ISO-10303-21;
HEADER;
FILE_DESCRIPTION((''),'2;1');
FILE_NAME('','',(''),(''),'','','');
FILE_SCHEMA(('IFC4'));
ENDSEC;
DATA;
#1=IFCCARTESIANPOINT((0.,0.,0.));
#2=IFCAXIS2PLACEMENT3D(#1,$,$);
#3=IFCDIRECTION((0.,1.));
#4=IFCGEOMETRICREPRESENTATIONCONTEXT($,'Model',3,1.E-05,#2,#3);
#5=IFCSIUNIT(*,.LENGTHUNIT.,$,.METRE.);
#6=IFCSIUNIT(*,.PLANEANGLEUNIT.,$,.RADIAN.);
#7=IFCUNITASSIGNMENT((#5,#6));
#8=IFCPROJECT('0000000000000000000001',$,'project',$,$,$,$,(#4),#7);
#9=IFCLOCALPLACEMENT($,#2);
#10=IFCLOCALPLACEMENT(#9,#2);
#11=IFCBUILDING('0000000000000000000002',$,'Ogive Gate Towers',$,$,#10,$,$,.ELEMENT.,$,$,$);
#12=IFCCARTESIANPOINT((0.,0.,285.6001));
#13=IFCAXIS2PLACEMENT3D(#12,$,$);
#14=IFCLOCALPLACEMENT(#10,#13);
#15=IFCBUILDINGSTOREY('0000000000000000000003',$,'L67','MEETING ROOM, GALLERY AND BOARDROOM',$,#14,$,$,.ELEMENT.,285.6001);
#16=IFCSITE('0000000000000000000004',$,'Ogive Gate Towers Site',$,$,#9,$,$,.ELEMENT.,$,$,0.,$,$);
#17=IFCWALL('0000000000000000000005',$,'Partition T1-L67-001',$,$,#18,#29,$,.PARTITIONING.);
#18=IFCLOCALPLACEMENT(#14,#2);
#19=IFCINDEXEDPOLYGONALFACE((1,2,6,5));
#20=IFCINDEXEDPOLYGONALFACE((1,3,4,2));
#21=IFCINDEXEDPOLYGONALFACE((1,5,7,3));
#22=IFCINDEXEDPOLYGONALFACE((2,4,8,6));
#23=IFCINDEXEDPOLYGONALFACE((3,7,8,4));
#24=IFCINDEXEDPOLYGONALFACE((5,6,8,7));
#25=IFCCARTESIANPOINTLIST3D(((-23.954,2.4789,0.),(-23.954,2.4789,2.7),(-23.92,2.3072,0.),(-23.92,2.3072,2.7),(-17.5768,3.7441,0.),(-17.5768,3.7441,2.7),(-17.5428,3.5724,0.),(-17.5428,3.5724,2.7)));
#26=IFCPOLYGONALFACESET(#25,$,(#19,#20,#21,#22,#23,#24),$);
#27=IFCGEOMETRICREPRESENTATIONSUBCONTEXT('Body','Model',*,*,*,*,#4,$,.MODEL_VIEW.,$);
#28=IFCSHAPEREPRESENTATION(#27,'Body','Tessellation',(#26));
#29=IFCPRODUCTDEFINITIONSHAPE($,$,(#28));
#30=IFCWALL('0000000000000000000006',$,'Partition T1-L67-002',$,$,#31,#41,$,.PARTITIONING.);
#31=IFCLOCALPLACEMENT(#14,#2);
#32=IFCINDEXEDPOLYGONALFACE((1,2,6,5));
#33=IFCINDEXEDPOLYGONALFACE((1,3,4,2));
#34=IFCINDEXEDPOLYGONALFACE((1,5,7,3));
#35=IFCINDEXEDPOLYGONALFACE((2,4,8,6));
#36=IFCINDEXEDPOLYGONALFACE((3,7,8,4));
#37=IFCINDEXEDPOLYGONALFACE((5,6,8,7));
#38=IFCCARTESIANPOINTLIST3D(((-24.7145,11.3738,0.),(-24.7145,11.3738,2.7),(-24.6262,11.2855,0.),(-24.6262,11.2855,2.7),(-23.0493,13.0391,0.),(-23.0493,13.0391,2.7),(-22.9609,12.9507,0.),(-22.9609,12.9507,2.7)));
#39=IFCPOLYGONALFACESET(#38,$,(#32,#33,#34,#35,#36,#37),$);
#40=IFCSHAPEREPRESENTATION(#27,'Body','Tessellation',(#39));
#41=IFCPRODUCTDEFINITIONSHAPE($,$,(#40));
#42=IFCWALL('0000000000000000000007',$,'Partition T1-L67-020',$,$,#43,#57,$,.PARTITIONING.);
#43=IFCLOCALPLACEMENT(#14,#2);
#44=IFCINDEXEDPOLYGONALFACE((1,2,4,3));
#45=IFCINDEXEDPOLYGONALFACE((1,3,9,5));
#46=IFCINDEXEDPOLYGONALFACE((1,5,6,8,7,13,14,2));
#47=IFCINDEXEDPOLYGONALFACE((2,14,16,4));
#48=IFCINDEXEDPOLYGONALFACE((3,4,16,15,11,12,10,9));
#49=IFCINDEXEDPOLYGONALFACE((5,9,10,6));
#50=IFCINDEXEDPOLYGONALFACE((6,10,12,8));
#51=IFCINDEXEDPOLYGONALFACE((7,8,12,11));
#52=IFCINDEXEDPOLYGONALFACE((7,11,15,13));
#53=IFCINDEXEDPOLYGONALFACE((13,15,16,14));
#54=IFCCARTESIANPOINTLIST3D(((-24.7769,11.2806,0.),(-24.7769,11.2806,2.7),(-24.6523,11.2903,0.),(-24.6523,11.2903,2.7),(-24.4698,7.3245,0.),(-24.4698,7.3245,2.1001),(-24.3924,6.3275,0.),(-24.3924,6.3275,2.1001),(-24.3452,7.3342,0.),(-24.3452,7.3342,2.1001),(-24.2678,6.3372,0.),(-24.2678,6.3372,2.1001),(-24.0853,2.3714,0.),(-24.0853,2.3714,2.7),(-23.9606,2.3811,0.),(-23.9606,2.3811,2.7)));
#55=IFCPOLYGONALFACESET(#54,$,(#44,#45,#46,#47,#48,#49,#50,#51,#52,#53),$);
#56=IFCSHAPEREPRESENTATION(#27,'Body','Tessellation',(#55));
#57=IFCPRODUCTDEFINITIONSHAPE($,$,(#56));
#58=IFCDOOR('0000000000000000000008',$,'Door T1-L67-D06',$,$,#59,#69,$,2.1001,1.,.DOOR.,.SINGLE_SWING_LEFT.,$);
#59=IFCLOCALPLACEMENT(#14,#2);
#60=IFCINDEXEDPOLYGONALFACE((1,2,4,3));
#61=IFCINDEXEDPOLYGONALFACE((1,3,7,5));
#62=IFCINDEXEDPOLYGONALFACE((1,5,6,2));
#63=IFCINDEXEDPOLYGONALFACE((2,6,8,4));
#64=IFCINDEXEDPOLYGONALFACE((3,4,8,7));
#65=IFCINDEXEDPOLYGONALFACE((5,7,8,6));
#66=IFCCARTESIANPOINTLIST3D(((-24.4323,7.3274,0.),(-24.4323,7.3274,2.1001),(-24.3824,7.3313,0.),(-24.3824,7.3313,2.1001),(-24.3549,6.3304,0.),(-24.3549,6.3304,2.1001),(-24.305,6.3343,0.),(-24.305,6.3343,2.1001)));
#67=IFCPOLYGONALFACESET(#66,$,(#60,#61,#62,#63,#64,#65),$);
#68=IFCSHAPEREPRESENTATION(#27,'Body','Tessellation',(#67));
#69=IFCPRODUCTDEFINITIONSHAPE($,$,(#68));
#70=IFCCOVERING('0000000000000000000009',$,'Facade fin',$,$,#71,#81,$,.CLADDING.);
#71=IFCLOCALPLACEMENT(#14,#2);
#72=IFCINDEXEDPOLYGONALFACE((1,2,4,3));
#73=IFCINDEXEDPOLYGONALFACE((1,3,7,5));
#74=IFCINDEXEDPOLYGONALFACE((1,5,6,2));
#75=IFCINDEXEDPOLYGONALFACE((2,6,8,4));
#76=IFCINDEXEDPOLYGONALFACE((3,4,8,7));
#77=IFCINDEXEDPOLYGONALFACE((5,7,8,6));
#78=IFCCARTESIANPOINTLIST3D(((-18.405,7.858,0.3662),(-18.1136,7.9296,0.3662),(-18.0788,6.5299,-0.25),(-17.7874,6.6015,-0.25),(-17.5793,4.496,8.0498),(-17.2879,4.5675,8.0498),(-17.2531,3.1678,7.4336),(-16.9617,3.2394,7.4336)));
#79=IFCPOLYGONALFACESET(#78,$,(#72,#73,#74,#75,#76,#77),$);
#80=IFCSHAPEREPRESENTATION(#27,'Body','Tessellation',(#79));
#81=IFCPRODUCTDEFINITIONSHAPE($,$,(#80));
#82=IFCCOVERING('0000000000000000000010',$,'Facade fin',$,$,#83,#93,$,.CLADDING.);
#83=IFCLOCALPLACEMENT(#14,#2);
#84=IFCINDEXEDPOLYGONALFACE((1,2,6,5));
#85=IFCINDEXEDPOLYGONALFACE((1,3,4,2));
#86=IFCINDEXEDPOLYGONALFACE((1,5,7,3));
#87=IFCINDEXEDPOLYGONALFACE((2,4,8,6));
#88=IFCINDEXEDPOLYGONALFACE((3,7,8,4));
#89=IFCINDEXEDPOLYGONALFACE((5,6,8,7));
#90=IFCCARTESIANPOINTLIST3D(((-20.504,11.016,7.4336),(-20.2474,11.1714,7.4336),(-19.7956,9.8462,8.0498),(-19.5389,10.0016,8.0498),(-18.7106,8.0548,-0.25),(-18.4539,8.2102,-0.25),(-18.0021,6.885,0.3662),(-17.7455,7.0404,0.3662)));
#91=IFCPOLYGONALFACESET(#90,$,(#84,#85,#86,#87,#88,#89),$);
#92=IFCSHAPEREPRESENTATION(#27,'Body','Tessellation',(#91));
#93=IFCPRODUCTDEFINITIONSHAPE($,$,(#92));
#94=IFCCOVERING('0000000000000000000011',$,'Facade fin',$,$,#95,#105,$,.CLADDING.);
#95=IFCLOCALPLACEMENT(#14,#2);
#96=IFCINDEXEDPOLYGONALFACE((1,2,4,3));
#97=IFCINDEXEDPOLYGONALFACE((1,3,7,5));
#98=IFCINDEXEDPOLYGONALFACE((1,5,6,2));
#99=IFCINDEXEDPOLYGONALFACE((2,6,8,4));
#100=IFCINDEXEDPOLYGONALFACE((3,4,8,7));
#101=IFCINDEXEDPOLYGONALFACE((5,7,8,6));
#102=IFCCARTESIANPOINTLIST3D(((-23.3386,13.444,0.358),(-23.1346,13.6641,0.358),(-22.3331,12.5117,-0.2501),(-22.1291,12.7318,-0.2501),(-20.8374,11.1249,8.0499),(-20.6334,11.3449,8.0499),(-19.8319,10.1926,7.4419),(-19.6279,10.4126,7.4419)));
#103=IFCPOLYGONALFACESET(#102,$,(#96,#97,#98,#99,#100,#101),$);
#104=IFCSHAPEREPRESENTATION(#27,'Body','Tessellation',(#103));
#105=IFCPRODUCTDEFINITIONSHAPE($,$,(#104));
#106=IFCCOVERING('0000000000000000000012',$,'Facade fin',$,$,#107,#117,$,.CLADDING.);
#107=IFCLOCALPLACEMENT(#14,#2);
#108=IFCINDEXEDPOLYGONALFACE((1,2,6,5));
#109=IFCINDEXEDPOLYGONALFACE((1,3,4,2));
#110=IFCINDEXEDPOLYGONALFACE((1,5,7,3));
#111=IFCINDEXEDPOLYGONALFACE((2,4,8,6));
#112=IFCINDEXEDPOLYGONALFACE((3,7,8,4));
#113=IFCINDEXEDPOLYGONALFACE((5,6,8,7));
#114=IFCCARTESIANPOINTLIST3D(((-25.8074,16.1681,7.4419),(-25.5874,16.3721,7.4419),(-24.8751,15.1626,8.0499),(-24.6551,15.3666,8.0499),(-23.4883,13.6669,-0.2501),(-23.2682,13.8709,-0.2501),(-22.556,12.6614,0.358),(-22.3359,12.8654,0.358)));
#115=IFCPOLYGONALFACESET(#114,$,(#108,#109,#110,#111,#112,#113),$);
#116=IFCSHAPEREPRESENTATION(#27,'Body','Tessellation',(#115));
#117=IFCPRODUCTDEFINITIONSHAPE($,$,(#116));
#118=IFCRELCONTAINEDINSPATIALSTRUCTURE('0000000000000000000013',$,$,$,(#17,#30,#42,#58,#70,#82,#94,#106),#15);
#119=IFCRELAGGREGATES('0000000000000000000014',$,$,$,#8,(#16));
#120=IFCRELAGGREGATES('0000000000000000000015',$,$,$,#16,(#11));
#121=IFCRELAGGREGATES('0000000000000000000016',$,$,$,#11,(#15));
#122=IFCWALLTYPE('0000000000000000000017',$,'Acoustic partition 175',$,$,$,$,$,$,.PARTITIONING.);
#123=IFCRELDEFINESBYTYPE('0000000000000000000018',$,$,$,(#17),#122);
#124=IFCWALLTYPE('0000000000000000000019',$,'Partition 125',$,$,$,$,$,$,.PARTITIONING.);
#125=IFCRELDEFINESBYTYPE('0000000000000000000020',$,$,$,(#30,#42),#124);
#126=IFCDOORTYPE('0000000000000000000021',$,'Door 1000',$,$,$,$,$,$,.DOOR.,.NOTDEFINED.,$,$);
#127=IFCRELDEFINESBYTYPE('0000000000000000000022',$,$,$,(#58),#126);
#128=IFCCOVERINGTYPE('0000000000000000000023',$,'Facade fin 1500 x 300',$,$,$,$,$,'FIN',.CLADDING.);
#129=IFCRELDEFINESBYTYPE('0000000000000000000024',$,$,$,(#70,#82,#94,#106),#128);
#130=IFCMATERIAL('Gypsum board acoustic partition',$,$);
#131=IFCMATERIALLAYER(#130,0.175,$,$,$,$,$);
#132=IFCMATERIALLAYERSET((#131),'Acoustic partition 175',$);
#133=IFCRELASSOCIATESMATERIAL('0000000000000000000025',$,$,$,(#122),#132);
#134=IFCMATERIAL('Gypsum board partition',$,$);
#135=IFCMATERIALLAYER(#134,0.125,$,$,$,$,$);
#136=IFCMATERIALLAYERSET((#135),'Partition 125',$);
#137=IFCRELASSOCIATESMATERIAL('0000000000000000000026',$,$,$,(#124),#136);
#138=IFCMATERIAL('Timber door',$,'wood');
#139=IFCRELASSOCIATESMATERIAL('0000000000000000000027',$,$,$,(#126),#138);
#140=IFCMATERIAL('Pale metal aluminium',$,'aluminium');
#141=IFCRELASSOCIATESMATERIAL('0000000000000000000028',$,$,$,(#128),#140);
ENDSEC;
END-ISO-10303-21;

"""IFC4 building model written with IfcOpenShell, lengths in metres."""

from ifc_helpers import new_model, si_unit, direction, frame, frame_2d, origin, origin_2d, place, context, subcontext, project, spatial, rectangle, extrude, material, layer, layer_set, material_profile, profile_set, type_object, element, fill, save


model = new_model("IFC4")

# Units and contexts
model_context = context("Model", 3, precision=1e-05, world=origin(), true_north=direction((0.0, 1.0)))
body_context = subcontext(model_context, "Body", "Model", "MODEL_VIEW")
ifc_project = project(units=[si_unit("LENGTHUNIT", "METRE"), si_unit("PLANEANGLEUNIT", "RADIAN")], contexts=[model_context])

# Site, building, storey
site_placement = place(None, origin())
site = spatial("IfcSite", under=ifc_project, at=site_placement, Name="Ogive Gate Towers Site", CompositionType="ELEMENT", RefElevation=0.0)
building_placement = place(site_placement, origin())
building = spatial("IfcBuilding", under=site, at=building_placement, Name="Ogive Gate Towers", CompositionType="ELEMENT")
storey_placement = place(building_placement, frame((0.0, 0.0, 285.6001)))
storey = spatial("IfcBuildingStorey", under=building, at=storey_placement, Name="L67", Description="MEETING ROOM, GALLERY AND BOARDROOM", CompositionType="ELEMENT", Elevation=285.6001)

# Shared definitions
ifc_material_1 = material(Name="Pale metal aluminium", Category="aluminium")

# Walls
ifc_material_2 = material(Name="Gypsum board acoustic partition")
ifc_layer_1 = layer(ifc_material_2, 0.175)
ifc_layer_set_1 = layer_set([ifc_layer_1], Name="Acoustic partition 175")
wall_type_1 = type_object("IfcWallType", Name="Acoustic partition 175", PredefinedType="PARTITIONING", material=ifc_layer_set_1)
wall_1_placement = place(storey_placement, frame((-17.5598, 3.6582, 0.0), z_axis=(0.0, 0.0, 1.0), x_axis=(-0.980884, -0.194592, 0.0)))
element("IfcWall", 1, at=wall_1_placement, inside=storey, type_object=wall_type_1, Name="Partition T1-L67-001", PredefinedType="PARTITIONING", context=body_context, shape_type="SweptSolid", body=[
    extrude(rectangle(XDim=6.5015, YDim=0.175, at=frame_2d((3.2507, 0.0))), origin(), (0.0, 0.0, 1.0), 2.7),
])
ifc_material_3 = material(Name="Gypsum board partition")
ifc_layer_2 = layer(ifc_material_3, 0.125)
ifc_layer_set_2 = layer_set([ifc_layer_2], Name="Partition 125")
wall_type_2 = type_object("IfcWallType", Name="Partition 125", PredefinedType="PARTITIONING", material=ifc_layer_set_2)
wall_2_placement = place(storey_placement, frame((-23.0051, 12.9949, 0.0), z_axis=(0.0, 0.0, 1.0), x_axis=(-0.707107, -0.707107, 0.0)))
element("IfcWall", 2, at=wall_2_placement, inside=storey, type_object=wall_type_2, Name="Partition T1-L67-002", PredefinedType="PARTITIONING", context=body_context, shape_type="SweptSolid", body=[
    extrude(rectangle(XDim=2.355, YDim=0.125, at=frame_2d((1.1775, 0.0))), origin(), (0.0, 0.0, 1.0), 2.7),
])

# Wall, opening, door
wall_3_placement = place(storey_placement, frame((-24.0229, 2.3762, 0.0), z_axis=(0.0, 0.0, 1.0), x_axis=(-0.077401, 0.997, 0.0)))
wall_3 = element("IfcWall", 3, at=wall_3_placement, inside=storey, type_object=wall_type_2, Name="Partition T1-L67-020", PredefinedType="PARTITIONING", context=body_context, shape_type="SweptSolid", body=[
    extrude(rectangle(XDim=8.936, YDim=0.125, at=frame_2d((4.468, 0.0))), origin(), (0.0, 0.0, 1.0), 2.7),
])
opening_placement = place(wall_3_placement, frame((3.968, 0.0, 0.0)))
opening = element("IfcOpeningElement", 4, at=opening_placement, cuts=wall_3, PredefinedType="OPENING", context=body_context, shape_type="SweptSolid", body=[
    extrude(rectangle(XDim=1.0, YDim=2.1001, at=frame_2d((0.5, 1.05))), frame((0.0, 0.0725, 0.0), z_axis=(0.0, -1.0, 0.0), x_axis=(1.0, 0.0, 0.0)), (0.0, 0.0, 1.0), 0.145),
])
ifc_material_4 = material(Name="Timber door", Category="wood")
door_type = type_object("IfcDoorType", Name="Door 1000", OperationType="NOTDEFINED", PredefinedType="DOOR", material=ifc_material_4)
door_placement = place(opening_placement, origin())
door = element("IfcDoor", 5, at=door_placement, inside=storey, type_object=door_type, Name="Door T1-L67-D06", OperationType="SINGLE_SWING_LEFT", OverallHeight=2.1001, OverallWidth=1.0, PredefinedType="DOOR", context=body_context, shape_type="SweptSolid", body=[
    extrude(rectangle(XDim=1.0, YDim=2.1001, at=frame_2d((0.5, 1.05))), frame((0.0, 0.0249, 0.0), z_axis=(0.0, -1.0, 0.0), x_axis=(1.0, 0.0, 0.0)), (0.0, 0.0, 1.0), 0.05),
])
fill(opening, door)

# Coverings
ifc_material_profile_1 = material_profile(ifc_material_1, rectangle(XDim=0.3, YDim=1.5, at=origin_2d()), Name="1500 x 300 pale metal aluminium")
ifc_profile_set_1 = profile_set([ifc_material_profile_1], Name="Pale metal aluminium")
covering_type = type_object("IfcCoveringType", Name="Facade fin 1500 x 300", ElementType="FIN", PredefinedType="CLADDING", material=ifc_profile_set_1)
for number, where, z_axis, x_axis, name in (
    (6, (-18.0962, 7.2297, 0.0581), (0.097975, -0.398939, 0.911728), (0.971142, 0.238501, 0.0), "Facade fin"),
    (7, (-18.228, 7.5476, 0.0581), (-0.21281, 0.351371, 0.911729), (-0.855351, -0.518048, 0.0), "Facade fin"),
):
    element("IfcCovering", number, at=place(storey_placement, frame(where, z_axis=z_axis, x_axis=x_axis)), inside=storey, type_object=covering_type, Name=name, PredefinedType="CLADDING", context=body_context, shape_type="SweptSolid", body=[
        extrude(rectangle(XDim=0.3, YDim=1.5, at=origin_2d()), origin(), (0.0, 0.0, 1.0), 8.4275),
    ])
for number, where, z_axis, x_axis, name in (
    (8, (-22.7339, 13.0879, 0.054), (0.29726, -0.275615, 0.914151), (0.679905, 0.733301, 0.0), "Facade fin"),
    (9, (-22.9121, 13.2661, 0.054), (-0.275615, 0.29726, 0.914151), (-0.733301, -0.679905, 0.0), "Facade fin"),
):
    element("IfcCovering", number, at=place(storey_placement, frame(where, z_axis=z_axis, x_axis=x_axis)), inside=storey, type_object=covering_type, Name=name, PredefinedType="CLADDING", context=body_context, shape_type="SweptSolid", body=[
        extrude(rectangle(XDim=0.3, YDim=1.5, at=origin_2d()), origin(), (0.0, 0.0, 1.0), 8.4143),
    ])

save(model, "model.ifc")
